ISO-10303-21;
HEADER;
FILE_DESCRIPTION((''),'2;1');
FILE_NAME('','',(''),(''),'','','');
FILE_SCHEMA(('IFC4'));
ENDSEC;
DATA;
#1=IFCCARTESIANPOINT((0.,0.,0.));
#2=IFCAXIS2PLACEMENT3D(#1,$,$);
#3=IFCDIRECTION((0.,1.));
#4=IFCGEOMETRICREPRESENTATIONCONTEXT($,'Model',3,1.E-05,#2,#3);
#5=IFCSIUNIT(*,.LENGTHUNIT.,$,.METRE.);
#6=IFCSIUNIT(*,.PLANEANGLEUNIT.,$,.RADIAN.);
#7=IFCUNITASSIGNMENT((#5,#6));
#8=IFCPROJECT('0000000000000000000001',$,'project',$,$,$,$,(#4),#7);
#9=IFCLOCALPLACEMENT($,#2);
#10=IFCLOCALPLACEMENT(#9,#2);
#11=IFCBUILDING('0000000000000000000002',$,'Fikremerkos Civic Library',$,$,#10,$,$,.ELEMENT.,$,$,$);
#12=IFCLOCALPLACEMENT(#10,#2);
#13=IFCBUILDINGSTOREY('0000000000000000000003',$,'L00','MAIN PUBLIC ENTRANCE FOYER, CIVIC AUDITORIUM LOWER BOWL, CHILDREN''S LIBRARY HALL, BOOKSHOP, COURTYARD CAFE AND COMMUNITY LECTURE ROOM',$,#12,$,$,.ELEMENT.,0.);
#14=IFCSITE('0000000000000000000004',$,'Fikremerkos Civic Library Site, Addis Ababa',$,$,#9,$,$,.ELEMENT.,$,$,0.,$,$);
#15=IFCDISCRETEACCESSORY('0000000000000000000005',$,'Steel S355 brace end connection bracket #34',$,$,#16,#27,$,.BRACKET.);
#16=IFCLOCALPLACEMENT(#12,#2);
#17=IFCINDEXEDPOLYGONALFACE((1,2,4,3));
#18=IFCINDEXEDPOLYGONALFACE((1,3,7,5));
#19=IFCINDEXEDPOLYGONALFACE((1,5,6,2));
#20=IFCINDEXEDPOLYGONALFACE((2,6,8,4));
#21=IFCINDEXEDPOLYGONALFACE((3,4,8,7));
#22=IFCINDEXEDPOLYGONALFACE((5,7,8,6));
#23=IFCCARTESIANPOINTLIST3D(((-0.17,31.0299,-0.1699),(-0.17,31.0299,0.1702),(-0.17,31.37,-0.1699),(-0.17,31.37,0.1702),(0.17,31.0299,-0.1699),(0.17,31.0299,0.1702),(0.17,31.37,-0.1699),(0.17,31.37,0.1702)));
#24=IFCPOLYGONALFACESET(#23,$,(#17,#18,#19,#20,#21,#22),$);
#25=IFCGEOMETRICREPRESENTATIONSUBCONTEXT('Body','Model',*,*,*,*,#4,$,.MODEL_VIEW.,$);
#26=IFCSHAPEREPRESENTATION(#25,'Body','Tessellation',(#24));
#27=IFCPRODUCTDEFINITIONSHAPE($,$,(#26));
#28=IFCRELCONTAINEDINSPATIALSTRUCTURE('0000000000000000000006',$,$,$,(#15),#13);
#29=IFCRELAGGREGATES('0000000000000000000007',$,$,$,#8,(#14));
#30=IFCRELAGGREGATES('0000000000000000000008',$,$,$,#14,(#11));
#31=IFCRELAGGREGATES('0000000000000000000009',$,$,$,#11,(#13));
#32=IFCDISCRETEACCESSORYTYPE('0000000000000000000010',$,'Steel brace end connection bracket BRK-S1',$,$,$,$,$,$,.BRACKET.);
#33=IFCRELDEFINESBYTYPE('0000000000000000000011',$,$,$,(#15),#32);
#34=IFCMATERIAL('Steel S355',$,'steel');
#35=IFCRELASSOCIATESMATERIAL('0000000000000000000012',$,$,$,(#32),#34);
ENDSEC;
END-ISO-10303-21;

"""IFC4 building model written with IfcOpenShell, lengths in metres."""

from ifc_helpers import new_model, si_unit, direction, frame, origin, origin_2d, place, context, subcontext, project, spatial, rectangle, extrude, material, type_object, element, save


model = new_model("IFC4")

# Units and contexts
model_context = context("Model", 3, precision=1e-05, world=origin(), true_north=direction((0.0, 1.0)))
body_context = subcontext(model_context, "Body", "Model", "MODEL_VIEW")
ifc_project = project(units=[si_unit("LENGTHUNIT", "METRE"), si_unit("PLANEANGLEUNIT", "RADIAN")], contexts=[model_context])

# Site, building, storey
site_placement = place(None, origin())
site = spatial("IfcSite", under=ifc_project, at=site_placement, Name="Fikremerkos Civic Library Site, Addis Ababa", CompositionType="ELEMENT", RefElevation=0.0)
building_placement = place(site_placement, origin())
building = spatial("IfcBuilding", under=site, at=building_placement, Name="Fikremerkos Civic Library", CompositionType="ELEMENT")
storey_placement = place(building_placement, origin())
storey = spatial("IfcBuildingStorey", under=building, at=storey_placement, Name="L00", Description="MAIN PUBLIC ENTRANCE FOYER, CIVIC AUDITORIUM LOWER BOWL, CHILDREN'S LIBRARY HALL, BOOKSHOP, COURTYARD CAFE AND COMMUNITY LECTURE ROOM", CompositionType="ELEMENT", Elevation=0.0)

# Shared definitions
ifc_material_1 = material(Name="Steel S355", Category="steel")

# Discrete accessory
discrete_accessory_type = type_object("IfcDiscreteAccessoryType", Name="Steel brace end connection bracket BRK-S1", PredefinedType="BRACKET", material=ifc_material_1)
for number, where, z_axis, x_axis, name in (
    (1, (0.0, 31.2, -0.1699), (0.0, 0.0, 1.0), (1.0, 0.0, 0.0), "Steel S355 brace end connection bracket #34"),
):
    element("IfcDiscreteAccessory", number, at=place(storey_placement, frame(where, z_axis=z_axis, x_axis=x_axis)), inside=storey, type_object=discrete_accessory_type, Name=name, PredefinedType="BRACKET", context=body_context, shape_type="SweptSolid", body=[
        extrude(rectangle(XDim=0.3401, YDim=0.3401, at=origin_2d()), origin(), (0.0, 0.0, 1.0), 0.3401),
    ])

save(model, "model.ifc")
